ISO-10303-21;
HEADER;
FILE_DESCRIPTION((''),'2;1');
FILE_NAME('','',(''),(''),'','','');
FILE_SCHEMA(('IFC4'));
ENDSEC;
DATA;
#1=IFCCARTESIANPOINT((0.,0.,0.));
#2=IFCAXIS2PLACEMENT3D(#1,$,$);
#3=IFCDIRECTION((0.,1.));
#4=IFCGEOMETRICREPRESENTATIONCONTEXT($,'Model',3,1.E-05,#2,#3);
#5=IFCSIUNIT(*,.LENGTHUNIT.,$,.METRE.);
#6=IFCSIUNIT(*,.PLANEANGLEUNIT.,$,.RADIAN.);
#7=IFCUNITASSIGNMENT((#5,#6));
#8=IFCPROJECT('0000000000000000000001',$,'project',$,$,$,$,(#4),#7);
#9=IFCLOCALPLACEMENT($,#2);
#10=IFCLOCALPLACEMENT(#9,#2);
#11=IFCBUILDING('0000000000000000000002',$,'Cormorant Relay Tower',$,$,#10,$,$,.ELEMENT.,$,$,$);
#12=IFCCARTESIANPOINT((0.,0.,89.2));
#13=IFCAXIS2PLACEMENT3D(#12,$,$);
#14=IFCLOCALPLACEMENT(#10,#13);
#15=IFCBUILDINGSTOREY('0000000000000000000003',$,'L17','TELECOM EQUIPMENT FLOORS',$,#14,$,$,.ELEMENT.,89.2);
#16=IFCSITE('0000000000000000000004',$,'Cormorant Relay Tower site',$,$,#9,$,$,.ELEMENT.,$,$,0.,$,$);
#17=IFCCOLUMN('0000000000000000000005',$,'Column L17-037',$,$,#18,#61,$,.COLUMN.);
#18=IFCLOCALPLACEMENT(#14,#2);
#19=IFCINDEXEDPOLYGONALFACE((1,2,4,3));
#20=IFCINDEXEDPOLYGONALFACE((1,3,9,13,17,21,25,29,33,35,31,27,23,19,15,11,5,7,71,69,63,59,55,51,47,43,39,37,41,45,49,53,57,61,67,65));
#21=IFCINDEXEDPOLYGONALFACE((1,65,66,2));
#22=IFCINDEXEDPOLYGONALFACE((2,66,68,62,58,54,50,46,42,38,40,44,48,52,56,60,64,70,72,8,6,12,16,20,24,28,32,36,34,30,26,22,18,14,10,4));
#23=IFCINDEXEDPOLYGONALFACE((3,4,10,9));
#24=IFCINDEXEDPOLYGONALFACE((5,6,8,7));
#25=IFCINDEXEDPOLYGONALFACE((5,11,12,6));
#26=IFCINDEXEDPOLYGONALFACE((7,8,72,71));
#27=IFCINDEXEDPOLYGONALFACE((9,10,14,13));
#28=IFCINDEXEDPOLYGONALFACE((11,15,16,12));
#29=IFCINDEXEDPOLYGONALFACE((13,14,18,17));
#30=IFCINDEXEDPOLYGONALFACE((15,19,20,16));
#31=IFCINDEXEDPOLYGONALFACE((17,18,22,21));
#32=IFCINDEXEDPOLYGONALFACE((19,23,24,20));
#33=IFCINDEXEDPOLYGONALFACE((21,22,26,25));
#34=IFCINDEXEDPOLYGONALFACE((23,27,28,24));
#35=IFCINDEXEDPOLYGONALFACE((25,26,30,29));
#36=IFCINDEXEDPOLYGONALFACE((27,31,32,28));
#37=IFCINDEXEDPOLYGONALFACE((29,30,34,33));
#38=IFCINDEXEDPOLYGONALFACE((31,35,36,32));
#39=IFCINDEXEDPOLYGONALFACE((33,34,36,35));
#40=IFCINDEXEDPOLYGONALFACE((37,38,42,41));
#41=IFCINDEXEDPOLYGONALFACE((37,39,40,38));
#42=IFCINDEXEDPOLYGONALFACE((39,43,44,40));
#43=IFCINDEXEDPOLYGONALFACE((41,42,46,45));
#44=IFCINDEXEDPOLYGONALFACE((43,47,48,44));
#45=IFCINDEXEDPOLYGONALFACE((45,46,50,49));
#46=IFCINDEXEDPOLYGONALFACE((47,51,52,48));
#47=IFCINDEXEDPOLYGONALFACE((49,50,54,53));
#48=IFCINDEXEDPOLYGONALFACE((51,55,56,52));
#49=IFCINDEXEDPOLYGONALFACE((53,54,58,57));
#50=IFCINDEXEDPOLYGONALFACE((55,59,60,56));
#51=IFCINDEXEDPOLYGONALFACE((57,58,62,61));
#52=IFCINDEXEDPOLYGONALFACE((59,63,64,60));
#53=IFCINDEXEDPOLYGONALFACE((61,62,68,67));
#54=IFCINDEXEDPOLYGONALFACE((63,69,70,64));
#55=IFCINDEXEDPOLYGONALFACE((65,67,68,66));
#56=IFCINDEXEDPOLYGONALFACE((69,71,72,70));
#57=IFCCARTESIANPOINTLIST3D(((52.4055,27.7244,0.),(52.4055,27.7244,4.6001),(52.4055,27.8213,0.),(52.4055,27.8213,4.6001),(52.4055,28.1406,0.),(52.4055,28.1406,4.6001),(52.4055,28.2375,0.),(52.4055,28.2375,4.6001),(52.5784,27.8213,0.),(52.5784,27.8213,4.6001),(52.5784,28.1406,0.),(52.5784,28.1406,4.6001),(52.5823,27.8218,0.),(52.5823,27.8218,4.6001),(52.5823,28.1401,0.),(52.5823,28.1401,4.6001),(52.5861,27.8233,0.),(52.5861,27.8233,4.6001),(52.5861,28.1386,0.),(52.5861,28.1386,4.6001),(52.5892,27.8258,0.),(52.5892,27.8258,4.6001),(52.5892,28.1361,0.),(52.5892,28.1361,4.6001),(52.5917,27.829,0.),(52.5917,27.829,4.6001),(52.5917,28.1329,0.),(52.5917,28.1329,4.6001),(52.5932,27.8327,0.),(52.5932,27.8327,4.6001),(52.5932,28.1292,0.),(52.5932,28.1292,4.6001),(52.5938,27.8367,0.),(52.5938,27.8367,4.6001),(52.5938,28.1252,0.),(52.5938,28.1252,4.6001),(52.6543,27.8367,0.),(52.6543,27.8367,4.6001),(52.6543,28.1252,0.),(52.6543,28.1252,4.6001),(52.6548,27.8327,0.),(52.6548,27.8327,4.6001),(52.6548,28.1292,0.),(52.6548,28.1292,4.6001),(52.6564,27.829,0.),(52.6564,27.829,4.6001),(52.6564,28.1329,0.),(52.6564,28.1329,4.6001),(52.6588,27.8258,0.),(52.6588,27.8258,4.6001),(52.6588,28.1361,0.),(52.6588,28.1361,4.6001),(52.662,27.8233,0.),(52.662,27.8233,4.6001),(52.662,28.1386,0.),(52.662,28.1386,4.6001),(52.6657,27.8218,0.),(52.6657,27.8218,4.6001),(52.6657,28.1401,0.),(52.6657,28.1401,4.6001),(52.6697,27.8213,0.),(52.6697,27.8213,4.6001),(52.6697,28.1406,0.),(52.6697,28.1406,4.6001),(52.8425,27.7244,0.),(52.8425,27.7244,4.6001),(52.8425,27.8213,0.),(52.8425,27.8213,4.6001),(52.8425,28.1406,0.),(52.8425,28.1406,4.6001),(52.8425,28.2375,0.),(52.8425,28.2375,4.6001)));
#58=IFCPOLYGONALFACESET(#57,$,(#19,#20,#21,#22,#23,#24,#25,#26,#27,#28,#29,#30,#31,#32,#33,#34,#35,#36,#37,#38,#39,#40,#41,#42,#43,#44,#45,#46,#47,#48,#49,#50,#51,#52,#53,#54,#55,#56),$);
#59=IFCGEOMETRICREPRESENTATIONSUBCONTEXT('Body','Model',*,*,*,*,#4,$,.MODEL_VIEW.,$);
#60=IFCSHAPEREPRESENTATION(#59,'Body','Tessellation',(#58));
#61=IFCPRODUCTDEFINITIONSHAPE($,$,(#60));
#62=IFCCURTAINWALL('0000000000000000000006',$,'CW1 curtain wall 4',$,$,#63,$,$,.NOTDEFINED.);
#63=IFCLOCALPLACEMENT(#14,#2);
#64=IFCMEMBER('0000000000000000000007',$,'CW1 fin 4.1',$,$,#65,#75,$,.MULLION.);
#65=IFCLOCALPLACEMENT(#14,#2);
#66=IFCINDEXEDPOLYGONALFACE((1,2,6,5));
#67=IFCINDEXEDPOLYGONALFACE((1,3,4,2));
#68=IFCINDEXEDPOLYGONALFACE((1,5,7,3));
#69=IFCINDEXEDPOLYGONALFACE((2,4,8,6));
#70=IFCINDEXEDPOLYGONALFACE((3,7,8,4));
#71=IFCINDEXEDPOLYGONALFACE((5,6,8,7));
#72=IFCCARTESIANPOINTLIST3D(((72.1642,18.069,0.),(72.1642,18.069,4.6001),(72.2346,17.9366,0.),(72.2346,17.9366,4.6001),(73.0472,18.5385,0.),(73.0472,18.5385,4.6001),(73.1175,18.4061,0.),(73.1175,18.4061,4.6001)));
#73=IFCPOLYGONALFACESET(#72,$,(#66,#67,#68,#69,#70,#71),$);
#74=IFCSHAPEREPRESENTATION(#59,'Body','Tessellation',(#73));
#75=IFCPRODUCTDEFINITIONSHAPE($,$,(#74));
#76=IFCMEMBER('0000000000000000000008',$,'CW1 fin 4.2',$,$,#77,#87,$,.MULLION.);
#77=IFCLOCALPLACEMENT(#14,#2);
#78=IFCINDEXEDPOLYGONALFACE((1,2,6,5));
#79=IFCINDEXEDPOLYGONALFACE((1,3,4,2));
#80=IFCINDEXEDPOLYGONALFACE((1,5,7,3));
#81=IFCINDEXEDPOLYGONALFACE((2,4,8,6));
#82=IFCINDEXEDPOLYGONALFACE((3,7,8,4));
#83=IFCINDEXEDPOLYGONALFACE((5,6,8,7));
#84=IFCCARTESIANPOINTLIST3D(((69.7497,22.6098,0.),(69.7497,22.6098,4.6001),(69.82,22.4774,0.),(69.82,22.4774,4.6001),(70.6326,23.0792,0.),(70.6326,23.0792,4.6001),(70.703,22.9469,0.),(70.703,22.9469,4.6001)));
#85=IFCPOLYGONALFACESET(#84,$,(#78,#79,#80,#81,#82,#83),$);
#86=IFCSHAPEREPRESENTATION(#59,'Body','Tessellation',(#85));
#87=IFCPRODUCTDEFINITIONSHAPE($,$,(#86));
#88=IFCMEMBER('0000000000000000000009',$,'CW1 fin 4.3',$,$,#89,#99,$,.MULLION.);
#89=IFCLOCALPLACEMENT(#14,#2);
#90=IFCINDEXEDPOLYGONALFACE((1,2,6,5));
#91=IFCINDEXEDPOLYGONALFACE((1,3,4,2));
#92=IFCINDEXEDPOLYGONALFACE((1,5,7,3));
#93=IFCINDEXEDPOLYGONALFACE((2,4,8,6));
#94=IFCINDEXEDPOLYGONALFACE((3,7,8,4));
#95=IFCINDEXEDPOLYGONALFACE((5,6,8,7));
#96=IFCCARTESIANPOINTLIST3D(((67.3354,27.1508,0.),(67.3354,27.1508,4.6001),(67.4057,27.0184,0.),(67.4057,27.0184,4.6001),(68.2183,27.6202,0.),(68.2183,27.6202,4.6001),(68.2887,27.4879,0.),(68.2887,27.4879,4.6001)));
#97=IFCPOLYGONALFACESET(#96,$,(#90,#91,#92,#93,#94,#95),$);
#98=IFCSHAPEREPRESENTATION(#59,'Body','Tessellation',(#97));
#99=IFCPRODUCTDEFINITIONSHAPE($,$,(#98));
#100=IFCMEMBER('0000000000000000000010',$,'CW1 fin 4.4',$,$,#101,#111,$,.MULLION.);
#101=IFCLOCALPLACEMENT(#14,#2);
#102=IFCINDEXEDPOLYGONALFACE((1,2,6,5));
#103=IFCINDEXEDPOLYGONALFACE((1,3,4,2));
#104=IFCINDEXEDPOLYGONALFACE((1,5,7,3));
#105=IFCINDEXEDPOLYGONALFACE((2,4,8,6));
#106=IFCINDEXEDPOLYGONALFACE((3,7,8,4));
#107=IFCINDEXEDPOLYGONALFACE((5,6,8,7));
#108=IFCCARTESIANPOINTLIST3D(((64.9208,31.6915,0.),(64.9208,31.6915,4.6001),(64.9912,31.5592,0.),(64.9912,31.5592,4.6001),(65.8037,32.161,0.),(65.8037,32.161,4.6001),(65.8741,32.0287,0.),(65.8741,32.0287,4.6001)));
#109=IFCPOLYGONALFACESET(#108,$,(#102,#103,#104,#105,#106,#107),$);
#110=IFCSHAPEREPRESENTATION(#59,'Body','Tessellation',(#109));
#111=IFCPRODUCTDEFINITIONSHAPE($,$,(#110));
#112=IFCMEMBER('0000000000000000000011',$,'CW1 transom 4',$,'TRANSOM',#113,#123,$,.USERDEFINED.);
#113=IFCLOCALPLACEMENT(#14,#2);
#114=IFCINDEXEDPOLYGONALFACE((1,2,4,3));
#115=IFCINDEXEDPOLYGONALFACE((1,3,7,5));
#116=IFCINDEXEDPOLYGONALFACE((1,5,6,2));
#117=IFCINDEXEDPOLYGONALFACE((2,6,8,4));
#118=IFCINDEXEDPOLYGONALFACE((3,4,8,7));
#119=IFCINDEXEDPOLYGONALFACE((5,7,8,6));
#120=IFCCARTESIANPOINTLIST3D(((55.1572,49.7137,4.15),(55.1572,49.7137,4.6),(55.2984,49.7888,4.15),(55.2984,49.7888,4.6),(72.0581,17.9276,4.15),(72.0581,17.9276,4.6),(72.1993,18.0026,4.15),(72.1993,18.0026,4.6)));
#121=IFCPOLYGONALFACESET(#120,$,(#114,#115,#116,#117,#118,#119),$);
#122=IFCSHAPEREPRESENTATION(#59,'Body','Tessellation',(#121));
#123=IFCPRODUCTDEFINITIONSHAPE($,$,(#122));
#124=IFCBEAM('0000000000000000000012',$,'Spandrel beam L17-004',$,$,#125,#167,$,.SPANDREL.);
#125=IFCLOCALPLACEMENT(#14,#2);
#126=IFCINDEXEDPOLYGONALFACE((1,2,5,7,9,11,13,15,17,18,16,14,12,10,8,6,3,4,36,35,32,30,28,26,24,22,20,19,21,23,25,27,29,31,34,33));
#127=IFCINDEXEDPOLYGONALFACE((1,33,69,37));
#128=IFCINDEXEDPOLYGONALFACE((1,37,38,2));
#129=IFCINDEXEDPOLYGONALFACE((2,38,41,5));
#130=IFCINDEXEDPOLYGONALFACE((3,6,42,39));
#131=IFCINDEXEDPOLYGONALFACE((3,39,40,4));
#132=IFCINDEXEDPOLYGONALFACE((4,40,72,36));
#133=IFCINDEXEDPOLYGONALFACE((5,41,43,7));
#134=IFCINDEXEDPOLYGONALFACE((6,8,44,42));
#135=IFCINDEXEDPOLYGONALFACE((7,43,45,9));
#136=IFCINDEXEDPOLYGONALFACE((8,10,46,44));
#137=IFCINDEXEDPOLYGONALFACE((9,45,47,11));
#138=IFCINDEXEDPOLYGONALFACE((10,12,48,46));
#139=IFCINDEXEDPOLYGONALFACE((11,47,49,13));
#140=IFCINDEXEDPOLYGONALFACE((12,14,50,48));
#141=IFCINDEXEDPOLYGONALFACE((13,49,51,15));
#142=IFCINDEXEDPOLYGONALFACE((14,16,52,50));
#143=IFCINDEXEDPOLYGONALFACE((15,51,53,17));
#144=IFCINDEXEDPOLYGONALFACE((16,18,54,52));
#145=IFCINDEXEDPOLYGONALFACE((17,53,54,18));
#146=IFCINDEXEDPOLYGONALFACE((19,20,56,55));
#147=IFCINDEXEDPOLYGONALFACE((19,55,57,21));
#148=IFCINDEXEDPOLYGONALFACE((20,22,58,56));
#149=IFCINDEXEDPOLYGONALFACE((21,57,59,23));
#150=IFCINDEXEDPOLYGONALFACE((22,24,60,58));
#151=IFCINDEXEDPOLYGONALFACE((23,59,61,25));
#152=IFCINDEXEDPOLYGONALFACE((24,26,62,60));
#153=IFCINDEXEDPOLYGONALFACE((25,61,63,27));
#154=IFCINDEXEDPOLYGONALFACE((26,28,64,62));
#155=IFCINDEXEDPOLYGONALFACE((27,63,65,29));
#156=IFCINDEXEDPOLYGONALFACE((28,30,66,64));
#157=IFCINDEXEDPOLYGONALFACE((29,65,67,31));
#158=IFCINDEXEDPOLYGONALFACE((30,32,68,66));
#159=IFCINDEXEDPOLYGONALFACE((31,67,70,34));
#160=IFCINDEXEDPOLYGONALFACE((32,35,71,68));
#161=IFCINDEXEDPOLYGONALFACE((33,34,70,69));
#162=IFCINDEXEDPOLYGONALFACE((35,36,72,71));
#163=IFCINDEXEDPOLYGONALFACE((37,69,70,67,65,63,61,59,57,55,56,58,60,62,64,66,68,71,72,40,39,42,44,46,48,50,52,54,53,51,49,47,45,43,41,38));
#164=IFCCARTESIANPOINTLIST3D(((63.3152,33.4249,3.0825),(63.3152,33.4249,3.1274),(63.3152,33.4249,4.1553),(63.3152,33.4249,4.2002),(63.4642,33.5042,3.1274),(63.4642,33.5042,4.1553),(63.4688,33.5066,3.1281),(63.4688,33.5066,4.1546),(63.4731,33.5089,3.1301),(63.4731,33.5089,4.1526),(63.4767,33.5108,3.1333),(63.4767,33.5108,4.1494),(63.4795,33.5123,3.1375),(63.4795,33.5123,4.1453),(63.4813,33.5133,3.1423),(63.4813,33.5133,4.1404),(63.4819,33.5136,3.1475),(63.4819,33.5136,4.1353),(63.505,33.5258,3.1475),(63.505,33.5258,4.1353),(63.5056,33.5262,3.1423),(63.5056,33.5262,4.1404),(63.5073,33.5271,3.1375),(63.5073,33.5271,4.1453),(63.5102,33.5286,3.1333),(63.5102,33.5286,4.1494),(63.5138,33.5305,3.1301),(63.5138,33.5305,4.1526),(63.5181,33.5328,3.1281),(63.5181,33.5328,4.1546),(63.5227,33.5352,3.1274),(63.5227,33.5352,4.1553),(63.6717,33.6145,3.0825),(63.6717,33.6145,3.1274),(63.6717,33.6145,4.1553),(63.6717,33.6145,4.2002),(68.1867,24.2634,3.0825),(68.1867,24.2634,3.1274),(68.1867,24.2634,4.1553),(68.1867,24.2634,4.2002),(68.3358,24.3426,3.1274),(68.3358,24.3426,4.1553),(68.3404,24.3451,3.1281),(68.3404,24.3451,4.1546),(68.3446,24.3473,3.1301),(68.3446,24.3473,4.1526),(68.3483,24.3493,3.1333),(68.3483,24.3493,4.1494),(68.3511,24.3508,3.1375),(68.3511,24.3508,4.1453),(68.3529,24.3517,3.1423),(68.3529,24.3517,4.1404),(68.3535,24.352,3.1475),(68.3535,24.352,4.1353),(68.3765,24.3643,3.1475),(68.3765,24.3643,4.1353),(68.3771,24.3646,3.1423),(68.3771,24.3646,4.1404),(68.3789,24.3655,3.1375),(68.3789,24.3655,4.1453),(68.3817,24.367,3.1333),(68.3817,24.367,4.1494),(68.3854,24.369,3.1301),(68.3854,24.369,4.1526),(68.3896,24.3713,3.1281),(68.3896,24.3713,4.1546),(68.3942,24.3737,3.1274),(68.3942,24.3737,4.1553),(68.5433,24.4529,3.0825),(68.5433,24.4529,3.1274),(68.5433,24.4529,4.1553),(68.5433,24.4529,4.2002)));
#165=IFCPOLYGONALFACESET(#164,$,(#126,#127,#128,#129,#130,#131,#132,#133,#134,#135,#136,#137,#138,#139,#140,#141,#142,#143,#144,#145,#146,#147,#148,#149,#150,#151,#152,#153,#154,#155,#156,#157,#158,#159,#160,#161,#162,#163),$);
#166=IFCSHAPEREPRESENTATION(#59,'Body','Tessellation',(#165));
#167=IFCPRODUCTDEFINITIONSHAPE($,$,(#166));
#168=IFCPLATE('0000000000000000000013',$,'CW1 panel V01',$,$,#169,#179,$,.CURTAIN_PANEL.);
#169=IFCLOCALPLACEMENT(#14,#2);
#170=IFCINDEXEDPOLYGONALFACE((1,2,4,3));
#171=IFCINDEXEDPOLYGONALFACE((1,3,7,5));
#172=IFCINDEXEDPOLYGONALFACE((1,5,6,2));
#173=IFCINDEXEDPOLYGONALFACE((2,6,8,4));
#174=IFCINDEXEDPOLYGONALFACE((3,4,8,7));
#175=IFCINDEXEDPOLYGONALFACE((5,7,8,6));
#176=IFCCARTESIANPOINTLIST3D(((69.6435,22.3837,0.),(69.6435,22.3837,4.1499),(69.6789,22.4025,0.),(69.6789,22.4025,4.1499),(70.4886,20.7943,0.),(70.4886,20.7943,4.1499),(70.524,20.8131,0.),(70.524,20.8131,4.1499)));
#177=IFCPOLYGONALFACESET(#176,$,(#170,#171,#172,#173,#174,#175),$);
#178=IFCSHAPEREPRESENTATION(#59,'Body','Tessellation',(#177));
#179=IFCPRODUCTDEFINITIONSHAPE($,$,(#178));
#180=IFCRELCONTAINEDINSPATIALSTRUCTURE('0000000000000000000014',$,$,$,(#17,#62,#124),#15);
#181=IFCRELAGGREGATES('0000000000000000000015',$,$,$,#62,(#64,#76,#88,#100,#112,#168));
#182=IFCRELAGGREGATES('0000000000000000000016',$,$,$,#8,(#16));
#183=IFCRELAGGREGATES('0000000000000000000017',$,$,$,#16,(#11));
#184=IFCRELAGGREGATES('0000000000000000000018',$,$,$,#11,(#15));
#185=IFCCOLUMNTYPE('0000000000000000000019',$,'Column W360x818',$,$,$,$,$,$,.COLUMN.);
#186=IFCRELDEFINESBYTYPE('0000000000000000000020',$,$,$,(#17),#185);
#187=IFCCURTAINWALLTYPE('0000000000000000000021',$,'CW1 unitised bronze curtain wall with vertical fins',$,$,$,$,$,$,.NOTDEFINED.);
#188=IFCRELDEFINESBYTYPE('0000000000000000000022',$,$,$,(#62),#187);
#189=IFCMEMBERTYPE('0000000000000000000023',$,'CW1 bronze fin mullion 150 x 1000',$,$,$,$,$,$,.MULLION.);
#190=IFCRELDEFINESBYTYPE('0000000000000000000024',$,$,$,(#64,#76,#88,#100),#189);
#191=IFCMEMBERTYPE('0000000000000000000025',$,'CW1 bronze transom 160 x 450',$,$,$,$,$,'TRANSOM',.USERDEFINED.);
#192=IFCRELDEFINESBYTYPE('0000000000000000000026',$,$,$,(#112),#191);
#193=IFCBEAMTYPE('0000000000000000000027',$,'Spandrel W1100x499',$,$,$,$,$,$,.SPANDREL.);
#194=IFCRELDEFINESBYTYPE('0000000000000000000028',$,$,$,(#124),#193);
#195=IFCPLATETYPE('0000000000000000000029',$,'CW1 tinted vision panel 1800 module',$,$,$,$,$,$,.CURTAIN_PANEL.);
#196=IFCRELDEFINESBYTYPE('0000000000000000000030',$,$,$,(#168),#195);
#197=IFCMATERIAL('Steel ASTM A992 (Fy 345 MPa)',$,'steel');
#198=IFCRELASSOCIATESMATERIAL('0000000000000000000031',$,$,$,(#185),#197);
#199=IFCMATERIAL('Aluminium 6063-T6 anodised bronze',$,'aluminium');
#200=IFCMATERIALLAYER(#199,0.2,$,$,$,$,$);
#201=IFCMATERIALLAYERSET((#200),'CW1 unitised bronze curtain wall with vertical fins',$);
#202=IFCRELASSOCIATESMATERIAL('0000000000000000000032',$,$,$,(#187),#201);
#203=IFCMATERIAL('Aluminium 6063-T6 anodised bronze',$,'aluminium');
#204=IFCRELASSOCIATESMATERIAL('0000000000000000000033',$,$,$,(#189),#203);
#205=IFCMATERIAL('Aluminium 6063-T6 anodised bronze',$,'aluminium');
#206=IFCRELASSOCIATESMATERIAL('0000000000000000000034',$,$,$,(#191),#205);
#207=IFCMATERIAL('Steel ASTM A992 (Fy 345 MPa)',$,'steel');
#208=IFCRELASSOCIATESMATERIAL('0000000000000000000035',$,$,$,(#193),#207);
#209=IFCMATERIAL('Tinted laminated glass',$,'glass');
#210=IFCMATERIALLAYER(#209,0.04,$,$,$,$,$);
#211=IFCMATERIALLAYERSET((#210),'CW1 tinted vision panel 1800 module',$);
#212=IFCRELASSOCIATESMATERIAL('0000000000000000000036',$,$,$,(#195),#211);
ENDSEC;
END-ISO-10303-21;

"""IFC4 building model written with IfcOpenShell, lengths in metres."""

from ifc_helpers import new_model, si_unit, direction, frame, origin, origin_2d, place, context, subcontext, project, spatial, rectangle, i_section, extrude, material, layer, layer_set, material_profile, profile_set, type_object, element, aggregate, save


model = new_model("IFC4")

# Units and contexts
model_context = context("Model", 3, precision=1e-05, world=origin(), true_north=direction((0.0, 1.0)))
body_context = subcontext(model_context, "Body", "Model", "MODEL_VIEW")
ifc_project = project(units=[si_unit("LENGTHUNIT", "METRE"), si_unit("PLANEANGLEUNIT", "RADIAN")], contexts=[model_context])

# Site, building, storey
site_placement = place(None, origin())
site = spatial("IfcSite", under=ifc_project, at=site_placement, Name="Cormorant Relay Tower site", CompositionType="ELEMENT", RefElevation=0.0)
building_placement = place(site_placement, origin())
building = spatial("IfcBuilding", under=site, at=building_placement, Name="Cormorant Relay Tower", CompositionType="ELEMENT")
storey_placement = place(building_placement, frame((0.0, 0.0, 89.2)))
storey = spatial("IfcBuildingStorey", under=building, at=storey_placement, Name="L17", Description="TELECOM EQUIPMENT FLOORS", CompositionType="ELEMENT", Elevation=89.2)

# Column
ifc_material_1 = material(Name="Steel ASTM A992 (Fy 345 MPa)", Category="steel")
ifc_material_profile_1 = material_profile(ifc_material_1, i_section(OverallWidth=0.437, OverallDepth=0.5132, WebThickness=0.0605, FlangeThickness=0.0969, FilletRadius=0.0154, at=origin_2d()), Name="W360x818")
ifc_profile_set_1 = profile_set([ifc_material_profile_1], Name="Steel ASTM A992 (Fy 345 MPa)")
column_type_1 = type_object("IfcColumnType", Name="Column W360x818", PredefinedType="COLUMN", material=ifc_profile_set_1)
for number, where, z_axis, x_axis, name in (
    (1, (52.624, 27.981, 0.0), (0.0, 0.0, 1.0), (1.0, 0.0, 0.0), "Column L17-037"),
):
    element("IfcColumn", number, at=place(storey_placement, frame(where, z_axis=z_axis, x_axis=x_axis)), inside=storey, type_object=column_type_1, Name=name, PredefinedType="COLUMN", context=body_context, shape_type="SweptSolid", body=[
        extrude(i_section(OverallWidth=0.437, OverallDepth=0.5132, WebThickness=0.0605, FlangeThickness=0.0969, FilletRadius=0.0154, at=origin_2d()), origin(), (0.0, 0.0, 1.0), 4.6001),
    ])

# Curtain wall, members
ifc_material_2 = material(Name="Aluminium 6063-T6 anodised bronze", Category="aluminium")
ifc_layer_1 = layer(ifc_material_2, 0.2)
ifc_layer_set_1 = layer_set([ifc_layer_1], Name="CW1 unitised bronze curtain wall with vertical fins")
curtain_wall_type = type_object("IfcCurtainWallType", Name="CW1 unitised bronze curtain wall with vertical fins", PredefinedType="NOTDEFINED", material=ifc_layer_set_1)
curtain_wall_placement = place(storey_placement, origin())
curtain_wall = element("IfcCurtainWall", 2, at=curtain_wall_placement, inside=storey, type_object=curtain_wall_type, Name="CW1 curtain wall 4", PredefinedType="NOTDEFINED")
ifc_material_3 = material(Name="Aluminium 6063-T6 anodised bronze", Category="aluminium")
ifc_material_profile_2 = material_profile(ifc_material_3, rectangle(XDim=0.1499, YDim=1.0, at=origin_2d()), Name="AL 150x1000")
ifc_profile_set_2 = profile_set([ifc_material_profile_2], Name="Aluminium 6063-T6 anodised bronze")
member_type_1 = type_object("IfcMemberType", Name="CW1 bronze fin mullion 150 x 1000", PredefinedType="MULLION", material=ifc_profile_set_2)
member_1_placement = place(storey_placement, frame((72.6409, 18.2375, 0.0), z_axis=(0.0, 0.0, 1.0), x_axis=(-0.469472, 0.882948, 0.0)))
member_1 = element("IfcMember", 3, at=member_1_placement, type_object=member_type_1, Name="CW1 fin 4.1", PredefinedType="MULLION", context=body_context, shape_type="SweptSolid", body=[
    extrude(rectangle(XDim=0.1499, YDim=1.0, at=origin_2d()), origin(), (0.0, 0.0, 1.0), 4.6001),
])
member_2_placement = place(storey_placement, frame((70.2263, 22.7783, 0.0), z_axis=(0.0, 0.0, 1.0), x_axis=(-0.469472, 0.882948, 0.0)))
member_2 = element("IfcMember", 4, at=member_2_placement, type_object=member_type_1, Name="CW1 fin 4.2", PredefinedType="MULLION", context=body_context, shape_type="SweptSolid", body=[
    extrude(rectangle(XDim=0.1499, YDim=1.0, at=origin_2d()), origin(), (0.0, 0.0, 1.0), 4.6001),
])
member_3_placement = place(storey_placement, frame((67.812, 27.3193, 0.0), z_axis=(0.0, 0.0, 1.0), x_axis=(-0.469472, 0.882948, 0.0)))
member_3 = element("IfcMember", 5, at=member_3_placement, type_object=member_type_1, Name="CW1 fin 4.3", PredefinedType="MULLION", context=body_context, shape_type="SweptSolid", body=[
    extrude(rectangle(XDim=0.1499, YDim=1.0, at=origin_2d()), origin(), (0.0, 0.0, 1.0), 4.6001),
])
member_4_placement = place(storey_placement, frame((65.3975, 31.8601, 0.0), z_axis=(0.0, 0.0, 1.0), x_axis=(-0.469472, 0.882948, 0.0)))
member_4 = element("IfcMember", 6, at=member_4_placement, type_object=member_type_1, Name="CW1 fin 4.4", PredefinedType="MULLION", context=body_context, shape_type="SweptSolid", body=[
    extrude(rectangle(XDim=0.1499, YDim=1.0, at=origin_2d()), origin(), (0.0, 0.0, 1.0), 4.6001),
])
ifc_material_4 = material(Name="Aluminium 6063-T6 anodised bronze", Category="aluminium")
ifc_material_profile_3 = material_profile(ifc_material_4, rectangle(XDim=0.1599, YDim=0.45, at=origin_2d()), Name="AL 160x450")
ifc_profile_set_3 = profile_set([ifc_material_profile_3], Name="Aluminium 6063-T6 anodised bronze")
member_type_2 = type_object("IfcMemberType", Name="CW1 bronze transom 160 x 450", ElementType="TRANSOM", PredefinedType="USERDEFINED", material=ifc_profile_set_3)
member_5_placement = place(storey_placement, frame((72.1287, 17.9651, 4.375), z_axis=(-0.469469, 0.882949, 0.0), x_axis=(-0.882949, -0.469469, 0.0)))
member_5 = element("IfcMember", 7, at=member_5_placement, type_object=member_type_2, Name="CW1 transom 4", ObjectType="TRANSOM", PredefinedType="USERDEFINED", context=body_context, shape_type="SweptSolid", body=[
    extrude(rectangle(XDim=0.1599, YDim=0.45, at=origin_2d()), origin(), (0.0, 0.0, 1.0), 36.0),
])

# Beam
ifc_material_5 = material(Name="Steel ASTM A992 (Fy 345 MPa)", Category="steel")
ifc_material_profile_4 = material_profile(ifc_material_5, i_section(OverallWidth=0.4038, OverallDepth=1.1177, WebThickness=0.0261, FlangeThickness=0.0449, FilletRadius=0.02, at=origin_2d()), Name="W1100x499")
ifc_profile_set_4 = profile_set([ifc_material_profile_4], Name="Steel ASTM A992 (Fy 345 MPa)")
beam_type = type_object("IfcBeamType", Name="Spandrel W1100x499", PredefinedType="SPANDREL", material=ifc_profile_set_4)
beam_placement = place(storey_placement, frame((68.365, 24.3582, 3.6414), z_axis=(-0.469491, 0.882937, 0.0), x_axis=(-0.882937, -0.469491, 0.0)))
element("IfcBeam", 8, at=beam_placement, inside=storey, type_object=beam_type, Name="Spandrel beam L17-004", PredefinedType="SPANDREL", context=body_context, shape_type="SweptSolid", body=[
    extrude(i_section(OverallWidth=0.4038, OverallDepth=1.1177, WebThickness=0.0261, FlangeThickness=0.0449, FilletRadius=0.02, at=origin_2d()), origin(), (0.0, 0.0, 1.0), 10.3762),
])

# Plate
ifc_material_6 = material(Name="Tinted laminated glass", Category="glass")
ifc_layer_2 = layer(ifc_material_6, 0.04)
ifc_layer_set_2 = layer_set([ifc_layer_2], Name="CW1 tinted vision panel 1800 module")
plate_type_1 = type_object("IfcPlateType", Name="CW1 tinted vision panel 1800 module", PredefinedType="CURTAIN_PANEL", material=ifc_layer_set_2)
plate_1_placement = place(storey_placement, frame((70.0837, 21.5984, 0.0), z_axis=(0.0, 0.0, 1.0), x_axis=(-0.469472, 0.882948, 0.0)))
plate_1 = element("IfcPlate", 9, at=plate_1_placement, type_object=plate_type_1, Name="CW1 panel V01", PredefinedType="CURTAIN_PANEL", context=body_context, shape_type="SweptSolid", body=[
    extrude(rectangle(XDim=1.8, YDim=0.04, at=origin_2d()), origin(), (0.0, 0.0, 1.0), 4.1499),
])

aggregate(curtain_wall, [member_1, member_2, member_3, member_4, member_5, plate_1])

save(model, "model.ifc")
